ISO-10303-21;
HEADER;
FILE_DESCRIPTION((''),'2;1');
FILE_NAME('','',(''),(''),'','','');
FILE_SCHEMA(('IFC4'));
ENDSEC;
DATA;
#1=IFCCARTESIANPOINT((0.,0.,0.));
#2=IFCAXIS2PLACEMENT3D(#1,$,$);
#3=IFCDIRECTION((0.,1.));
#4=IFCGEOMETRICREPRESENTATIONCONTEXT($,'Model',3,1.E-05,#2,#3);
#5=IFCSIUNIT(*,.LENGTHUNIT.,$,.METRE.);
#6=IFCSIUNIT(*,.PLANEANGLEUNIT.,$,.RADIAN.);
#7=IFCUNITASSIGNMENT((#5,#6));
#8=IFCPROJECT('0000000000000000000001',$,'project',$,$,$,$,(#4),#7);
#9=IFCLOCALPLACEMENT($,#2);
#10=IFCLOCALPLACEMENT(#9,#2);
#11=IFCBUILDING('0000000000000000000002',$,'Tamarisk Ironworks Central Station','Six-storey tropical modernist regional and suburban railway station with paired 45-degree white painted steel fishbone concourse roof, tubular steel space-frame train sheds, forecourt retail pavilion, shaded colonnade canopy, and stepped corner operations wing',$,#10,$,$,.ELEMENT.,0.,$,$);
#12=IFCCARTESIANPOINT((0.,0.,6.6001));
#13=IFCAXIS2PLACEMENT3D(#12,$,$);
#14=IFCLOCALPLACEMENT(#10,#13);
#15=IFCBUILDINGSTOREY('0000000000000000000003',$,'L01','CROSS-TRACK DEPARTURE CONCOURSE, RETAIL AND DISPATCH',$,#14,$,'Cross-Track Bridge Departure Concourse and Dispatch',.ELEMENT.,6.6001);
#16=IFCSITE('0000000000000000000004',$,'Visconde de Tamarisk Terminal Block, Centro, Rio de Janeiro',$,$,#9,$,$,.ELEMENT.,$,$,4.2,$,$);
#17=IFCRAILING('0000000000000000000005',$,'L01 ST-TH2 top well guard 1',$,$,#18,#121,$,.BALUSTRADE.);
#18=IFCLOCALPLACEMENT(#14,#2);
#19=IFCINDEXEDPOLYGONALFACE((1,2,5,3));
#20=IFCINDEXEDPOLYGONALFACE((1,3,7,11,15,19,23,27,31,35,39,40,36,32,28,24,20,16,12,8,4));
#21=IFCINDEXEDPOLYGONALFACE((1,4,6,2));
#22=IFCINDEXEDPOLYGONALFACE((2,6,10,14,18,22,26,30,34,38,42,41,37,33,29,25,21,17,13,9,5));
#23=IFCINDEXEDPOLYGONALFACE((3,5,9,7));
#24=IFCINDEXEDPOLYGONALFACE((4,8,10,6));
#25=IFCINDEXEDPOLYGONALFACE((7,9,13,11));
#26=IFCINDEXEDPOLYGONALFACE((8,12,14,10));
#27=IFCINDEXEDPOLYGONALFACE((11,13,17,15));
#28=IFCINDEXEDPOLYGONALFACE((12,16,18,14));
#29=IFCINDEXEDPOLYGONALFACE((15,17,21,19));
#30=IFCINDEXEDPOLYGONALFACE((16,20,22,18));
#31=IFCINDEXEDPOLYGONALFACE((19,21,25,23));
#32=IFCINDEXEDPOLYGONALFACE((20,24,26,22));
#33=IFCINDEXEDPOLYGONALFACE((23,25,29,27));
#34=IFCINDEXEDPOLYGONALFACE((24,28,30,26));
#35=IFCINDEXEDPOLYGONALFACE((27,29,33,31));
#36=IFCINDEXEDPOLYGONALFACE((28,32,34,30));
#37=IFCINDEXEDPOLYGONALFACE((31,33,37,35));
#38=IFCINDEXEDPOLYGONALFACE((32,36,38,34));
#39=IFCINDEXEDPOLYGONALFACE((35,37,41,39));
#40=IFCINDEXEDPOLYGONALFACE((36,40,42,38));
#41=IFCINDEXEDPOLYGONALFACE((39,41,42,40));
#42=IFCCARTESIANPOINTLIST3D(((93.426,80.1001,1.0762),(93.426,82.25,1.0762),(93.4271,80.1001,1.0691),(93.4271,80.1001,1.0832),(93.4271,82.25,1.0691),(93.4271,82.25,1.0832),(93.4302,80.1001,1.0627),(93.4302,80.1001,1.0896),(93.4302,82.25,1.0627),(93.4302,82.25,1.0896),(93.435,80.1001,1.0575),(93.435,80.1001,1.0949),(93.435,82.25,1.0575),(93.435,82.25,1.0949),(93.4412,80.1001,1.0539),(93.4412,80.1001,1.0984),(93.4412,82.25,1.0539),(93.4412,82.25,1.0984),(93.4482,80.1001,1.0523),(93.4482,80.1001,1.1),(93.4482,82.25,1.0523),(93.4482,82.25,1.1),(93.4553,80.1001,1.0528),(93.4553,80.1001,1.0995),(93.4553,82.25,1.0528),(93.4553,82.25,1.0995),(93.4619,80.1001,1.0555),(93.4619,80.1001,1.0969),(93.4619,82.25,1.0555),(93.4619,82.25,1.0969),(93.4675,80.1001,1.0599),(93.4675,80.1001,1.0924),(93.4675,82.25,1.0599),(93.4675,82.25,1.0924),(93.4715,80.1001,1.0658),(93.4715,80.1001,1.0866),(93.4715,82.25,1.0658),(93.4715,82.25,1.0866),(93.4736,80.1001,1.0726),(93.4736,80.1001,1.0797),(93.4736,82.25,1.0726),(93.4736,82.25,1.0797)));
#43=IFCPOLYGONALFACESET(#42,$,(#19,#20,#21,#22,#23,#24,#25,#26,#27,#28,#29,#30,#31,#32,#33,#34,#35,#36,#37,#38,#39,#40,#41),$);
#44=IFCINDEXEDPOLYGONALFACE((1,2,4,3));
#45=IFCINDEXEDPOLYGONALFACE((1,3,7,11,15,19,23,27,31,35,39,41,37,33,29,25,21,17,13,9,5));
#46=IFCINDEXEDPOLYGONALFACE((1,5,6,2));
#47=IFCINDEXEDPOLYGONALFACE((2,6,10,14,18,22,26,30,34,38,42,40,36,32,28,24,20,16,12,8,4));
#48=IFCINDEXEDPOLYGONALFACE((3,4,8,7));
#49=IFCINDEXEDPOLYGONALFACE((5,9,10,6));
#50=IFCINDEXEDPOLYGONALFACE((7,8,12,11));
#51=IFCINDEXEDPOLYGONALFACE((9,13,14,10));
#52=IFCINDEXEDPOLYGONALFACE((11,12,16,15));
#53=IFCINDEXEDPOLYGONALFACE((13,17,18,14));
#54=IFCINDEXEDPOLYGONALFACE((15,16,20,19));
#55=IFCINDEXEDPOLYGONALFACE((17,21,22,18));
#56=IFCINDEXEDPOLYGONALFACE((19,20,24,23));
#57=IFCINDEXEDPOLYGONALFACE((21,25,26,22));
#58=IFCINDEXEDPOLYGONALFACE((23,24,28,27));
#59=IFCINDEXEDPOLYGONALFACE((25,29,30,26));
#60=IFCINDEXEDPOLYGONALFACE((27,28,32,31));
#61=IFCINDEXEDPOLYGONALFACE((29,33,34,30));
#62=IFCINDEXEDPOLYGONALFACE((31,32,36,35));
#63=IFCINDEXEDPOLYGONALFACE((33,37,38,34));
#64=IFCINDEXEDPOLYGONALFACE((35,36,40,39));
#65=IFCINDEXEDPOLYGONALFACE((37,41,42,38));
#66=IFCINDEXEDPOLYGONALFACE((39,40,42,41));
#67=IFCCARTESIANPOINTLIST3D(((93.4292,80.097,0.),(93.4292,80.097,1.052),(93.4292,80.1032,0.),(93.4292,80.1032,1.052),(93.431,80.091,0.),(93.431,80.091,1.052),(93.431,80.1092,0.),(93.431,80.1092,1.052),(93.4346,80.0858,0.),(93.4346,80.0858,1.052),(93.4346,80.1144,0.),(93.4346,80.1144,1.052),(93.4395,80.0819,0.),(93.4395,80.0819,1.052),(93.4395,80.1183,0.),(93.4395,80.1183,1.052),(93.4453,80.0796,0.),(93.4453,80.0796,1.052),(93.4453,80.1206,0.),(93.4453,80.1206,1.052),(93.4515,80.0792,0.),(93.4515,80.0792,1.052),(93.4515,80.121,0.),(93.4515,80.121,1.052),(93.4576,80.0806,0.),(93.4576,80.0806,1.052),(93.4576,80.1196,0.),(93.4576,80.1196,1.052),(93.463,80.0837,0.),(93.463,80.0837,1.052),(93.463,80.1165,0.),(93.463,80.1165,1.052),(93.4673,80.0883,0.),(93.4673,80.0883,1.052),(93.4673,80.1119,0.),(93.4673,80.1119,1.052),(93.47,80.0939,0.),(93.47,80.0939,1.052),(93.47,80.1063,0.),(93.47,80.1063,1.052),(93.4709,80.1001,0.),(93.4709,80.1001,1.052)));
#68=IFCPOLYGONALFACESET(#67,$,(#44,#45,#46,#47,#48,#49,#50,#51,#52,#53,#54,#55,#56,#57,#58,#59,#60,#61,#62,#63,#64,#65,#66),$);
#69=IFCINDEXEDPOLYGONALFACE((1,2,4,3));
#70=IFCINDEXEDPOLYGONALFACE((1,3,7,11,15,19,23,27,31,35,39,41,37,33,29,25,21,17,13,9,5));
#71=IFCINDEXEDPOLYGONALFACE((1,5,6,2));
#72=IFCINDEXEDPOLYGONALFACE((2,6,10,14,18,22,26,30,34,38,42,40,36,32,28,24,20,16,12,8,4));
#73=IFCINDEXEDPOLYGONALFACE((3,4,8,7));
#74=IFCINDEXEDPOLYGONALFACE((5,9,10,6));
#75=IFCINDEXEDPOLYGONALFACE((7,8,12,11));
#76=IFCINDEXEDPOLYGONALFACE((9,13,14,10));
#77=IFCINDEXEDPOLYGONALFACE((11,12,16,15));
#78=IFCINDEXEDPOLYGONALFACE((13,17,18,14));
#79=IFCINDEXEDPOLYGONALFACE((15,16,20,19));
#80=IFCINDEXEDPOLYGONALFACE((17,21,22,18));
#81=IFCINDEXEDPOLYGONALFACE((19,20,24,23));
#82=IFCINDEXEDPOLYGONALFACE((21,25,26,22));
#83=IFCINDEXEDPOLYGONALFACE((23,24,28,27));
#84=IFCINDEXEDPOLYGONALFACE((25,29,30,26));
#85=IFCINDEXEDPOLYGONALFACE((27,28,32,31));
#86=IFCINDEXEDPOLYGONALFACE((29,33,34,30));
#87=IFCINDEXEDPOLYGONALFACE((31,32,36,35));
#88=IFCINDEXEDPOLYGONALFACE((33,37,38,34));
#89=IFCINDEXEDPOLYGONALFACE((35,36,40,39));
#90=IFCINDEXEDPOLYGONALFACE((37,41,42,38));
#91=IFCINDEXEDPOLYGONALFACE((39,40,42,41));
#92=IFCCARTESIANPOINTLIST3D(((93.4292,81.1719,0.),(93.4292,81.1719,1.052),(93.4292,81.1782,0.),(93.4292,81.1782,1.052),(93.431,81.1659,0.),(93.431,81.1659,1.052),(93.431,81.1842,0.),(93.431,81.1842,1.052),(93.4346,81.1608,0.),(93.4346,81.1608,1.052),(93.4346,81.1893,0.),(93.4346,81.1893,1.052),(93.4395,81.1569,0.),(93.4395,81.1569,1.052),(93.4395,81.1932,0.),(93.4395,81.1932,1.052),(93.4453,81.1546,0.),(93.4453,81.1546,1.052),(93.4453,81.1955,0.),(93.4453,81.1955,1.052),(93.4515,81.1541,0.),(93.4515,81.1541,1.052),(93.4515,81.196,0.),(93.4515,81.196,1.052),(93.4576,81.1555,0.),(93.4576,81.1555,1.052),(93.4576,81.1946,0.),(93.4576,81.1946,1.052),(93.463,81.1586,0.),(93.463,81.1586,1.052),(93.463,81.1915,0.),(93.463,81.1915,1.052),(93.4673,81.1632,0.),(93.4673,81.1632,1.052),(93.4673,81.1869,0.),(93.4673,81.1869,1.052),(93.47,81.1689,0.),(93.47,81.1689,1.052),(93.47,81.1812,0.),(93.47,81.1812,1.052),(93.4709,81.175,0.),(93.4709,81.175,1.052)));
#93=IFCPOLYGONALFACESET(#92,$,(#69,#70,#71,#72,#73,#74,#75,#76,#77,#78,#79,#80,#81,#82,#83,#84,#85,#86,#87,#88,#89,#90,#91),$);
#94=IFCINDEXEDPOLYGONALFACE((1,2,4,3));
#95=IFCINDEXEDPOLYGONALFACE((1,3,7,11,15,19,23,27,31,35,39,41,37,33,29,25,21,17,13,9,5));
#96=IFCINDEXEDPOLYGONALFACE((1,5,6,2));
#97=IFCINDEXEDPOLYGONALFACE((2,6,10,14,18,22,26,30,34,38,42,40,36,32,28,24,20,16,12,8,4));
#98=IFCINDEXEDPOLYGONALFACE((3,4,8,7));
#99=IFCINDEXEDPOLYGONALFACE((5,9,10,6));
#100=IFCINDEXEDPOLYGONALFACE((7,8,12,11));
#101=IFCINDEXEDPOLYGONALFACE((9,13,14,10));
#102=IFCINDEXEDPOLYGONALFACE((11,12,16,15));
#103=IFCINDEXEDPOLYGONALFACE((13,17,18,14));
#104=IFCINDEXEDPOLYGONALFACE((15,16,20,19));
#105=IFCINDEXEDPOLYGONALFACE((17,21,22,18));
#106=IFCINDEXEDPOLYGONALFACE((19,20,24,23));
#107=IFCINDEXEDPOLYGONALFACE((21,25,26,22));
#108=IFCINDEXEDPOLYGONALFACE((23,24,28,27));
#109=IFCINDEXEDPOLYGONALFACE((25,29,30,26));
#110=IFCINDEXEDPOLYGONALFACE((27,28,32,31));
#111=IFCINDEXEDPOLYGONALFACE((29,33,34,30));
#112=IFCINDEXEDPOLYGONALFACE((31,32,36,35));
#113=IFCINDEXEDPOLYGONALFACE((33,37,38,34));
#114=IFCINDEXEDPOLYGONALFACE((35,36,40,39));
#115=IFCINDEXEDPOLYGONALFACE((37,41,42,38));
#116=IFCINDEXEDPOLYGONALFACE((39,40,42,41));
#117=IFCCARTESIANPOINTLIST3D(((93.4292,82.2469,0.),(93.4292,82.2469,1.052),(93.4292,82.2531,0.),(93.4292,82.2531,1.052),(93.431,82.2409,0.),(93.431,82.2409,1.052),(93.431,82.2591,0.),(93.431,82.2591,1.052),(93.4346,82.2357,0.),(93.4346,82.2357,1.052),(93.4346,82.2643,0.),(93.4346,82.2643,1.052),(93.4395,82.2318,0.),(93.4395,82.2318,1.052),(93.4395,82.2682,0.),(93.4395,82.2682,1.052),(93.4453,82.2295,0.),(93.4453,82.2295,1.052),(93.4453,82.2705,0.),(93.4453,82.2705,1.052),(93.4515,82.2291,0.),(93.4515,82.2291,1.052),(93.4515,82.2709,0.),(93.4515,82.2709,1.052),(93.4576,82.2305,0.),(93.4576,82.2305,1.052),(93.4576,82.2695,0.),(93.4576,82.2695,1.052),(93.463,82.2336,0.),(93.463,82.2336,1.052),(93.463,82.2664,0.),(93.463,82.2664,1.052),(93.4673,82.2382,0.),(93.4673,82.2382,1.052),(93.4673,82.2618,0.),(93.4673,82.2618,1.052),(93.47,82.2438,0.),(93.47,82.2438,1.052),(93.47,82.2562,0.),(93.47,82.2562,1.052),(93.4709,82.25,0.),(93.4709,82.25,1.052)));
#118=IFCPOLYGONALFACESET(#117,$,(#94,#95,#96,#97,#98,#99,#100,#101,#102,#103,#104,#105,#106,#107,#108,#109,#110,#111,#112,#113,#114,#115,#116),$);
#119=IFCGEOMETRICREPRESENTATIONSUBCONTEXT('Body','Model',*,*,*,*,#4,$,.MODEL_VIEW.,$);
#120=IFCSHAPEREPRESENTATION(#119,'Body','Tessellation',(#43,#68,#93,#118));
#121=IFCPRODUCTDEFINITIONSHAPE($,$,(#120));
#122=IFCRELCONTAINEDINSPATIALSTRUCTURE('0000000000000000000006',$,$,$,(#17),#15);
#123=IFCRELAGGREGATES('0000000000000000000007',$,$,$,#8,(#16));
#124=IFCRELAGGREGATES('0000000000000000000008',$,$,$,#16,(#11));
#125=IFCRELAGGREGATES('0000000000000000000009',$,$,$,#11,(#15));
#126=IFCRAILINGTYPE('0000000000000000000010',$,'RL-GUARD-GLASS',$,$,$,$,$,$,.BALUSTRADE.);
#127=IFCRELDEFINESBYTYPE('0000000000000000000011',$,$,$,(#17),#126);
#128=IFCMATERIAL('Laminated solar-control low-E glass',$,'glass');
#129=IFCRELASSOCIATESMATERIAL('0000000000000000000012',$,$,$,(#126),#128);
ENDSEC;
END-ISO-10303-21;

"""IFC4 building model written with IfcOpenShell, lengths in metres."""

from ifc_helpers import new_model, si_unit, direction, frame, origin, origin_2d, place, context, subcontext, project, spatial, circle, extrude, material, type_object, element, save


model = new_model("IFC4")

# Units and contexts
model_context = context("Model", 3, precision=1e-05, world=origin(), true_north=direction((0.0, 1.0)))
body_context = subcontext(model_context, "Body", "Model", "MODEL_VIEW")
ifc_project = project(units=[si_unit("LENGTHUNIT", "METRE"), si_unit("PLANEANGLEUNIT", "RADIAN")], contexts=[model_context])

# Site, building, storey
site_placement = place(None, origin())
site = spatial("IfcSite", under=ifc_project, at=site_placement, Name="Visconde de Tamarisk Terminal Block, Centro, Rio de Janeiro", CompositionType="ELEMENT", RefElevation=4.2)
building_placement = place(site_placement, origin())
building = spatial("IfcBuilding", under=site, at=building_placement, Name="Tamarisk Ironworks Central Station", Description="Six-storey tropical modernist regional and suburban railway station with paired 45-degree white painted steel fishbone concourse roof, tubular steel space-frame train sheds, forecourt retail pavilion, shaded colonnade canopy, and stepped corner operations wing", CompositionType="ELEMENT", ElevationOfRefHeight=0.0)
storey_placement = place(building_placement, frame((0.0, 0.0, 6.6001)))
storey = spatial("IfcBuildingStorey", under=building, at=storey_placement, Name="L01", Description="CROSS-TRACK DEPARTURE CONCOURSE, RETAIL AND DISPATCH", LongName="Cross-Track Bridge Departure Concourse and Dispatch", CompositionType="ELEMENT", Elevation=6.6001)

# Shared definitions
ifc_material_1 = material(Name="Laminated solar-control low-E glass", Category="glass")

# Railing
railing_type = type_object("IfcRailingType", Name="RL-GUARD-GLASS", PredefinedType="BALUSTRADE", material=ifc_material_1)
railing_1_placement = place(storey_placement, frame((93.45, 80.1001, 0.0)))
element("IfcRailing", 1, at=railing_1_placement, inside=storey, type_object=railing_type, Name="L01 ST-TH2 top well guard 1", PredefinedType="BALUSTRADE", context=body_context, shape_type="SweptSolid", body=[
    extrude(circle(Radius=0.0239, at=origin_2d()), frame((0.0, 0.0, 1.0762), z_axis=(0.0, 1.0, 0.0), x_axis=(-1.0, 0.0, 0.0)), (0.0, 0.0, 1.0), 2.1499),
    extrude(circle(Radius=0.021, at=origin_2d()), origin(), (0.0, 0.0, 1.0), 1.052),
    extrude(circle(Radius=0.021, at=origin_2d()), frame((0.0, 1.075, 0.0)), (0.0, 0.0, 1.0), 1.052),
    extrude(circle(Radius=0.021, at=origin_2d()), frame((0.0, 2.1499, 0.0)), (0.0, 0.0, 1.0), 1.052),
])

save(model, "model.ifc")
